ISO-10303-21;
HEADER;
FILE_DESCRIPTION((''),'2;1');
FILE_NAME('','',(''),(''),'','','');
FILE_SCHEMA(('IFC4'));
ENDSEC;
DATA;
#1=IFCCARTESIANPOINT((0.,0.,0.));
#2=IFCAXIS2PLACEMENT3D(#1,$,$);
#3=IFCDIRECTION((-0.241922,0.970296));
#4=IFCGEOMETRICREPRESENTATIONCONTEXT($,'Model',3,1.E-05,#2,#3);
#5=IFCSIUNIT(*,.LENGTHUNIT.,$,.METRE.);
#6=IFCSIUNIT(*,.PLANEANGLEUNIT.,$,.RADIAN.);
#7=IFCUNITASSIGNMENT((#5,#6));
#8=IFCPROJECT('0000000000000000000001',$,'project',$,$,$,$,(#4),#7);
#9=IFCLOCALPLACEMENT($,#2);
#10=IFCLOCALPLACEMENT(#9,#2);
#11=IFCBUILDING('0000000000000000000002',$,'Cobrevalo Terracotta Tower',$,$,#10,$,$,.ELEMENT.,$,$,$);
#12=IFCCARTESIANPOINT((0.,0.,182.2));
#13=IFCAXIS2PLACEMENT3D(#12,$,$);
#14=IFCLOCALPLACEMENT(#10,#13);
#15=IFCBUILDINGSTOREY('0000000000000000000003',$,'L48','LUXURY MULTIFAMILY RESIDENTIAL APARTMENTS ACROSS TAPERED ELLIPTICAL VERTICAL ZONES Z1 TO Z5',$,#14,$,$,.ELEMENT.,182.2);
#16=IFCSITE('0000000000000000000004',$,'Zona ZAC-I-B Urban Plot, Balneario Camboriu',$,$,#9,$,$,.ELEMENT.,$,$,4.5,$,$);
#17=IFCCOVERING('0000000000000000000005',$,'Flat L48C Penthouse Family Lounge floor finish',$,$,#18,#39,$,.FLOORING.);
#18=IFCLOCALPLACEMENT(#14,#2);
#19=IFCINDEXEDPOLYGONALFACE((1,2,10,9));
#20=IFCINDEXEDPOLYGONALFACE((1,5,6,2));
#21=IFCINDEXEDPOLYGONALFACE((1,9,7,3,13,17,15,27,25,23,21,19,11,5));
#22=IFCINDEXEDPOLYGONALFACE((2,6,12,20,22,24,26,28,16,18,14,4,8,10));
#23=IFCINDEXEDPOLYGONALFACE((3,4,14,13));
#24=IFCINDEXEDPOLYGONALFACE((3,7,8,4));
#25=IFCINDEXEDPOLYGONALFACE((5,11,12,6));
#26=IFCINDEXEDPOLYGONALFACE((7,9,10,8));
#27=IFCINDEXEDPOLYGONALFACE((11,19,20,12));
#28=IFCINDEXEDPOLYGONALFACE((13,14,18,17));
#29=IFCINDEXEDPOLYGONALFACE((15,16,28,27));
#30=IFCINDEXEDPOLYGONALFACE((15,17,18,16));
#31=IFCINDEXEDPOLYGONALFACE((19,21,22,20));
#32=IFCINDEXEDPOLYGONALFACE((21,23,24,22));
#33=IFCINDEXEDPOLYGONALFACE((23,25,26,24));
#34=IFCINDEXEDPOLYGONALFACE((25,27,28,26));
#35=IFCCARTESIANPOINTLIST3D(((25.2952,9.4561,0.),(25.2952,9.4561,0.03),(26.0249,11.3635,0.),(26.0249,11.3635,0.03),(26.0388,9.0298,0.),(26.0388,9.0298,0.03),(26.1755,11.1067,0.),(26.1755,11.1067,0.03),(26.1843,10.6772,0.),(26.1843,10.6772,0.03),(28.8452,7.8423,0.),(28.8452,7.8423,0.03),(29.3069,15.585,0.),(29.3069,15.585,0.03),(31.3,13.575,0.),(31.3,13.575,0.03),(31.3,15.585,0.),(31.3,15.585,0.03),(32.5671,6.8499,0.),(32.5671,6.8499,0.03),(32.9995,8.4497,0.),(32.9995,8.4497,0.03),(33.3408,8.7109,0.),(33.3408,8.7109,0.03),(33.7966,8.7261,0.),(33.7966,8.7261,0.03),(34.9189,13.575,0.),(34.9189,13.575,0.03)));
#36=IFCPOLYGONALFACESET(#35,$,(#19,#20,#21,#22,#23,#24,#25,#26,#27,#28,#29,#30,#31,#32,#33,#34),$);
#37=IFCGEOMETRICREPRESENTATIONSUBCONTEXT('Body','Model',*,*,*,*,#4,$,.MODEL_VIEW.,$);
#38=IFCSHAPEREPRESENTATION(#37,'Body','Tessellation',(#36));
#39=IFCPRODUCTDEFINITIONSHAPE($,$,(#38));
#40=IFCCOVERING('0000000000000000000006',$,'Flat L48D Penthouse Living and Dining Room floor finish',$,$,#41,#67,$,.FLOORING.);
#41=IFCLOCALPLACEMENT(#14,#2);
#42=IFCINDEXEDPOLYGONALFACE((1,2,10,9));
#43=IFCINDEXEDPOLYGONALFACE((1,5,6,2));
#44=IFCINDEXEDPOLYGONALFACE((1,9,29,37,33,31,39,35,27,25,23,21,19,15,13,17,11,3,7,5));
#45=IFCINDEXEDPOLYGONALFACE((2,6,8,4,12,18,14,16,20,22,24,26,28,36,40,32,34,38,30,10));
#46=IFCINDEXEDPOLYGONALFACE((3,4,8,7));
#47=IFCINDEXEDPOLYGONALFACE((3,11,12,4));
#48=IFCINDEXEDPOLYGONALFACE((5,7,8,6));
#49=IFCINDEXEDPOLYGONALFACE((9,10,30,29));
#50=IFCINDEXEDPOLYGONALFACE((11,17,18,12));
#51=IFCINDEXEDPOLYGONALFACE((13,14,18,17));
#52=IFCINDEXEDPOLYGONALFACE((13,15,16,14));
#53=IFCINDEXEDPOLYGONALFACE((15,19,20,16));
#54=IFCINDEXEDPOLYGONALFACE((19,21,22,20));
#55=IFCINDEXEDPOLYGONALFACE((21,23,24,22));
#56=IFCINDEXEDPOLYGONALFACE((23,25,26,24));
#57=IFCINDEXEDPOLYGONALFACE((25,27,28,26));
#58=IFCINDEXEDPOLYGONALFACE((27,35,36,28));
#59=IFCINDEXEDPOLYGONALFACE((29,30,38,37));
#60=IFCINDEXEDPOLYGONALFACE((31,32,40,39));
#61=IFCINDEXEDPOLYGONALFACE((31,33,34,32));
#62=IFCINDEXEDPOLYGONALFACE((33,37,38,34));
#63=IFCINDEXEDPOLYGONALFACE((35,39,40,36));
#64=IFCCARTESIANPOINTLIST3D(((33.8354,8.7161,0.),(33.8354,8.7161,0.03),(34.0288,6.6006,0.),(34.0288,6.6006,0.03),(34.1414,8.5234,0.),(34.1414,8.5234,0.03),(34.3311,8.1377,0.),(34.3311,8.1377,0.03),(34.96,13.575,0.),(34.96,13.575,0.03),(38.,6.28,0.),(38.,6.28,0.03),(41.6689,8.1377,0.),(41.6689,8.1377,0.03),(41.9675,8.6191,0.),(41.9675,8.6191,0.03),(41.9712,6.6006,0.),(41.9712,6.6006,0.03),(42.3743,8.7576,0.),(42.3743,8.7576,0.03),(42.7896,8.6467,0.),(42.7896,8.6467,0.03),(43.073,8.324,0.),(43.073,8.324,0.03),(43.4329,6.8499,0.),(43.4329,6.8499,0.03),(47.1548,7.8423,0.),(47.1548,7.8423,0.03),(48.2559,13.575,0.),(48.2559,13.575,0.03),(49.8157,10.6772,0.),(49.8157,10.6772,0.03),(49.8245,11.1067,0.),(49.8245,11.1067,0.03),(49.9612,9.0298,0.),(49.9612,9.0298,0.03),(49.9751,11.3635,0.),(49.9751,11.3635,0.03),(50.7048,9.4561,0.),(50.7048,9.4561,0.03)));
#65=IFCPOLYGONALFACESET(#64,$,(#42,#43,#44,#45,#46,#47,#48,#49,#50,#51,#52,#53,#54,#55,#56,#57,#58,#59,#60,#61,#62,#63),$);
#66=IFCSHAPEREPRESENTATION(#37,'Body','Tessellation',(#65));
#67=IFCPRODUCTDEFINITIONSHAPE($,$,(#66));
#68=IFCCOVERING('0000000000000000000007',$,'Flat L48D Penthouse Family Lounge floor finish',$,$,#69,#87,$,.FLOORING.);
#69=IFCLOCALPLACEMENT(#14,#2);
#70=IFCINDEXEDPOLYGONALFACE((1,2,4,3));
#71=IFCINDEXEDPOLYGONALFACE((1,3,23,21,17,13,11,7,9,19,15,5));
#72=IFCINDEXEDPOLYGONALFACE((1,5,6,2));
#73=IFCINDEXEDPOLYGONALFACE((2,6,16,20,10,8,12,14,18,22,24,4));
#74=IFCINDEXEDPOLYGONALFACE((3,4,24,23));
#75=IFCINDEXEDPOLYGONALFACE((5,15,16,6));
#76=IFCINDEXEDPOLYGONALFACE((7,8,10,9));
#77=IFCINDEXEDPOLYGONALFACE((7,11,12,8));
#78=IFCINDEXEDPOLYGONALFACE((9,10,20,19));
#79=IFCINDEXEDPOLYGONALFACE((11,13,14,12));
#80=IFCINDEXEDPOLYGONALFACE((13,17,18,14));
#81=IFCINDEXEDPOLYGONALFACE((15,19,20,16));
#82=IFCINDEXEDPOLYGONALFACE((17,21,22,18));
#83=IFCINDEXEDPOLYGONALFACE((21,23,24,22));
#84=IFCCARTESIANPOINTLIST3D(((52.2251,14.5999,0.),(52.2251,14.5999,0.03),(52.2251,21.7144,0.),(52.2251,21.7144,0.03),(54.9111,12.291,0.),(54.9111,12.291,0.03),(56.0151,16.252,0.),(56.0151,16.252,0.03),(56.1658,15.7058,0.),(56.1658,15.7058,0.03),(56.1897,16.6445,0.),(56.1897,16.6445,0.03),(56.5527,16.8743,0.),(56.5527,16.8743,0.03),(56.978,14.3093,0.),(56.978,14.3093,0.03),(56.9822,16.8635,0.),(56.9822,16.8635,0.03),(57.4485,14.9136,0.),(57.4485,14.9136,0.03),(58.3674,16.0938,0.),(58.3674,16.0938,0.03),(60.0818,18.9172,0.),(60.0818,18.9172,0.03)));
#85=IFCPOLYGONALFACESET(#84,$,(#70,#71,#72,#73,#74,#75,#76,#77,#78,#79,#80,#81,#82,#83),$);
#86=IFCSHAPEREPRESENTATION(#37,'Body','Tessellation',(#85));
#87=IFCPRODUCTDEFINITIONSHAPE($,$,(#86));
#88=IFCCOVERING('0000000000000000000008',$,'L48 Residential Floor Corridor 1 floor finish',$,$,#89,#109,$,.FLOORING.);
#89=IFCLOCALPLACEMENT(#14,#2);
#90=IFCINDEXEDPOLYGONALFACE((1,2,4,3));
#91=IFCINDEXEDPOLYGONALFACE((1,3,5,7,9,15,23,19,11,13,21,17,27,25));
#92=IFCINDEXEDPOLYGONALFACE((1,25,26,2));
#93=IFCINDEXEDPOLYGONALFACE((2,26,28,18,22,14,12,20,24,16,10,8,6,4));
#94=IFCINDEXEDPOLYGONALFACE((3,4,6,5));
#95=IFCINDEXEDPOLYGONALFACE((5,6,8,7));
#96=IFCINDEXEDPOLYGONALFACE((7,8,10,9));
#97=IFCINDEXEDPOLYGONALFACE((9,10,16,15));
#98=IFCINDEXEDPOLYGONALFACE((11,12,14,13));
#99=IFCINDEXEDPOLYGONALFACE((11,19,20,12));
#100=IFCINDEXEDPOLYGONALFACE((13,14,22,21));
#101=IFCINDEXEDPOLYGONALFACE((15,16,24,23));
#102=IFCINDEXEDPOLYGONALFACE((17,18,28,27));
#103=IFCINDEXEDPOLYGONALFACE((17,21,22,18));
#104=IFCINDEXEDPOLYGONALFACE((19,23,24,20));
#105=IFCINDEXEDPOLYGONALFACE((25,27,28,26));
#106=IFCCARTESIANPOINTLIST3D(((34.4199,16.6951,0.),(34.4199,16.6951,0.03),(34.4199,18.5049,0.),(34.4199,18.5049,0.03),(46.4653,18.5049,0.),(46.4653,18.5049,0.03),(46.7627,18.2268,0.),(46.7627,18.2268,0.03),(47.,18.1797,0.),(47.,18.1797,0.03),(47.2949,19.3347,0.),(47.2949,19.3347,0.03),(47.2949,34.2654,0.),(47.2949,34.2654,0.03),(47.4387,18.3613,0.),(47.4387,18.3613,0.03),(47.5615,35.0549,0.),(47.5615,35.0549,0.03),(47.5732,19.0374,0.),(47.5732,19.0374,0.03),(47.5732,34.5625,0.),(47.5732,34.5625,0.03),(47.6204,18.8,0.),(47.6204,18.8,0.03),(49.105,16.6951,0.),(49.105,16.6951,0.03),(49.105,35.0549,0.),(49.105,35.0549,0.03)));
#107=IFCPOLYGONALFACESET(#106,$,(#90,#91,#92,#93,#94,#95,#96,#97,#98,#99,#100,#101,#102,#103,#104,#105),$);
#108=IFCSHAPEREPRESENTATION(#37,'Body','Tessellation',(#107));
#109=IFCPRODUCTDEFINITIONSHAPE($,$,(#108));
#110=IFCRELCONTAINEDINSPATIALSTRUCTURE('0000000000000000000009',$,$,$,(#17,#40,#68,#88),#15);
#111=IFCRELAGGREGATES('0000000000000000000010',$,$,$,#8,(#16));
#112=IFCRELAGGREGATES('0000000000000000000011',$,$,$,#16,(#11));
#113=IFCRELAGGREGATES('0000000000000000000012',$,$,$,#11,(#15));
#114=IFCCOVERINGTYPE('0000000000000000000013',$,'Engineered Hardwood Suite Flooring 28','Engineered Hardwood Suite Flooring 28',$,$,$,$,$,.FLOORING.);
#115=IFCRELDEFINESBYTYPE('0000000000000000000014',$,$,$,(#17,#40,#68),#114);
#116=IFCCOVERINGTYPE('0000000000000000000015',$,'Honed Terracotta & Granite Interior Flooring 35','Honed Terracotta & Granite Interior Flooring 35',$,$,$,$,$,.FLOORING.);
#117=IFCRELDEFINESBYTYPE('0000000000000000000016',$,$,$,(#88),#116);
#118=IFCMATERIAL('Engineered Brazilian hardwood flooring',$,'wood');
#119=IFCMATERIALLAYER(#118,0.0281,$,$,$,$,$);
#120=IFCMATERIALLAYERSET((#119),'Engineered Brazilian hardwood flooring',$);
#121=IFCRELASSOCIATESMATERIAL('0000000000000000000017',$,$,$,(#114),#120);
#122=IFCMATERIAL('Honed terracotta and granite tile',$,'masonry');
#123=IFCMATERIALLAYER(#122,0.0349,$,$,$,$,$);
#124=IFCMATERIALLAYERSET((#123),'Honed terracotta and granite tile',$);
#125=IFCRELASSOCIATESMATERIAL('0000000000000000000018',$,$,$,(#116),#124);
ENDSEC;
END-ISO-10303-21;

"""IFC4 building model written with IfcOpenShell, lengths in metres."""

from ifc_helpers import new_model, si_unit, direction, frame, origin, place, context, subcontext, project, spatial, polyline, outline, extrude, material, layer, layer_set, type_object, element, save


model = new_model("IFC4")

# Units and contexts
model_context = context("Model", 3, precision=1e-05, world=origin(), true_north=direction((-0.241922, 0.970296)))
body_context = subcontext(model_context, "Body", "Model", "MODEL_VIEW")
ifc_project = project(units=[si_unit("LENGTHUNIT", "METRE"), si_unit("PLANEANGLEUNIT", "RADIAN")], contexts=[model_context])

# Site, building, storey
site_placement = place(None, origin())
site = spatial("IfcSite", under=ifc_project, at=site_placement, Name="Zona ZAC-I-B Urban Plot, Balneario Camboriu", CompositionType="ELEMENT", RefElevation=4.5)
building_placement = place(site_placement, origin())
building = spatial("IfcBuilding", under=site, at=building_placement, Name="Cobrevalo Terracotta Tower", CompositionType="ELEMENT")
storey_placement = place(building_placement, frame((0.0, 0.0, 182.2)))
storey = spatial("IfcBuildingStorey", under=building, at=storey_placement, Name="L48", Description="LUXURY MULTIFAMILY RESIDENTIAL APARTMENTS ACROSS TAPERED ELLIPTICAL VERTICAL ZONES Z1 TO Z5", CompositionType="ELEMENT", Elevation=182.2)

# Coverings
ifc_material_1 = material(Name="Engineered Brazilian hardwood flooring", Category="wood")
ifc_layer_1 = layer(ifc_material_1, 0.0281)
ifc_layer_set_1 = layer_set([ifc_layer_1], Name="Engineered Brazilian hardwood flooring")
covering_type_1 = type_object("IfcCoveringType", Name="Engineered Hardwood Suite Flooring 28", Description="Engineered Hardwood Suite Flooring 28", PredefinedType="FLOORING", material=ifc_layer_set_1)
covering_1_placement = place(storey_placement, origin())
element("IfcCovering", 1, at=covering_1_placement, inside=storey, type_object=covering_type_1, Name="Flat L48C Penthouse Family Lounge floor finish", PredefinedType="FLOORING", context=body_context, shape_type="SweptSolid", body=[
    extrude(outline(polyline([(25.2952, 9.4561), (26.1843, 10.6772), (26.1755, 11.1067), (26.0249, 11.3635), (29.3069, 15.585), (31.3, 15.585), (31.3, 13.575), (34.9189, 13.575), (33.7966, 8.7261), (33.3408, 8.7109), (32.9995, 8.4497), (32.5671, 6.8499), (28.8452, 7.8423), (26.0388, 9.0298), (25.2952, 9.4561)])), origin(), (0.0, 0.0, 1.0), 0.03),
])
covering_2_placement = place(storey_placement, origin())
element("IfcCovering", 2, at=covering_2_placement, inside=storey, type_object=covering_type_1, Name="Flat L48D Penthouse Living and Dining Room floor finish", PredefinedType="FLOORING", context=body_context, shape_type="SweptSolid", body=[
    extrude(outline(polyline([(47.1548, 7.8423), (43.4329, 6.8499), (43.073, 8.324), (42.7896, 8.6467), (42.3743, 8.7576), (41.9675, 8.6191), (41.6689, 8.1377), (41.9712, 6.6006), (38.0, 6.28), (34.0288, 6.6006), (34.3311, 8.1377), (34.1414, 8.5234), (33.8354, 8.7161), (34.96, 13.575), (48.2559, 13.575), (49.9751, 11.3635), (49.8245, 11.1067), (49.8157, 10.6772), (50.7048, 9.4561), (49.9612, 9.0298), (47.1548, 7.8423)])), origin(), (0.0, 0.0, 1.0), 0.03),
])
covering_3_placement = place(storey_placement, origin())
element("IfcCovering", 3, at=covering_3_placement, inside=storey, type_object=covering_type_1, Name="Flat L48D Penthouse Family Lounge floor finish", PredefinedType="FLOORING", context=body_context, shape_type="SweptSolid", body=[
    extrude(outline(polyline([(54.9111, 12.291), (52.2251, 14.5999), (52.2251, 21.7144), (60.0818, 18.9172), (58.3674, 16.0938), (56.9822, 16.8635), (56.5527, 16.8743), (56.1897, 16.6445), (56.0151, 16.252), (56.1658, 15.7058), (57.4485, 14.9136), (56.978, 14.3093), (54.9111, 12.291)])), origin(), (0.0, 0.0, 1.0), 0.03),
])
ifc_material_2 = material(Name="Honed terracotta and granite tile", Category="masonry")
ifc_layer_2 = layer(ifc_material_2, 0.0349)
ifc_layer_set_2 = layer_set([ifc_layer_2], Name="Honed terracotta and granite tile")
covering_type_2 = type_object("IfcCoveringType", Name="Honed Terracotta & Granite Interior Flooring 35", Description="Honed Terracotta & Granite Interior Flooring 35", PredefinedType="FLOORING", material=ifc_layer_set_2)
covering_4_placement = place(storey_placement, origin())
element("IfcCovering", 4, at=covering_4_placement, inside=storey, type_object=covering_type_2, Name="L48 Residential Floor Corridor 1 floor finish", PredefinedType="FLOORING", context=body_context, shape_type="SweptSolid", body=[
    extrude(outline(polyline([(34.4199, 18.5049), (46.4653, 18.5049), (46.7627, 18.2268), (47.0, 18.1797), (47.4387, 18.3613), (47.6204, 18.8), (47.5732, 19.0374), (47.2949, 19.3347), (47.2949, 34.2654), (47.5732, 34.5625), (47.5615, 35.0549), (49.105, 35.0549), (49.105, 16.6951), (34.4199, 16.6951), (34.4199, 18.5049)])), origin(), (0.0, 0.0, 1.0), 0.03),
])

save(model, "model.ifc")
